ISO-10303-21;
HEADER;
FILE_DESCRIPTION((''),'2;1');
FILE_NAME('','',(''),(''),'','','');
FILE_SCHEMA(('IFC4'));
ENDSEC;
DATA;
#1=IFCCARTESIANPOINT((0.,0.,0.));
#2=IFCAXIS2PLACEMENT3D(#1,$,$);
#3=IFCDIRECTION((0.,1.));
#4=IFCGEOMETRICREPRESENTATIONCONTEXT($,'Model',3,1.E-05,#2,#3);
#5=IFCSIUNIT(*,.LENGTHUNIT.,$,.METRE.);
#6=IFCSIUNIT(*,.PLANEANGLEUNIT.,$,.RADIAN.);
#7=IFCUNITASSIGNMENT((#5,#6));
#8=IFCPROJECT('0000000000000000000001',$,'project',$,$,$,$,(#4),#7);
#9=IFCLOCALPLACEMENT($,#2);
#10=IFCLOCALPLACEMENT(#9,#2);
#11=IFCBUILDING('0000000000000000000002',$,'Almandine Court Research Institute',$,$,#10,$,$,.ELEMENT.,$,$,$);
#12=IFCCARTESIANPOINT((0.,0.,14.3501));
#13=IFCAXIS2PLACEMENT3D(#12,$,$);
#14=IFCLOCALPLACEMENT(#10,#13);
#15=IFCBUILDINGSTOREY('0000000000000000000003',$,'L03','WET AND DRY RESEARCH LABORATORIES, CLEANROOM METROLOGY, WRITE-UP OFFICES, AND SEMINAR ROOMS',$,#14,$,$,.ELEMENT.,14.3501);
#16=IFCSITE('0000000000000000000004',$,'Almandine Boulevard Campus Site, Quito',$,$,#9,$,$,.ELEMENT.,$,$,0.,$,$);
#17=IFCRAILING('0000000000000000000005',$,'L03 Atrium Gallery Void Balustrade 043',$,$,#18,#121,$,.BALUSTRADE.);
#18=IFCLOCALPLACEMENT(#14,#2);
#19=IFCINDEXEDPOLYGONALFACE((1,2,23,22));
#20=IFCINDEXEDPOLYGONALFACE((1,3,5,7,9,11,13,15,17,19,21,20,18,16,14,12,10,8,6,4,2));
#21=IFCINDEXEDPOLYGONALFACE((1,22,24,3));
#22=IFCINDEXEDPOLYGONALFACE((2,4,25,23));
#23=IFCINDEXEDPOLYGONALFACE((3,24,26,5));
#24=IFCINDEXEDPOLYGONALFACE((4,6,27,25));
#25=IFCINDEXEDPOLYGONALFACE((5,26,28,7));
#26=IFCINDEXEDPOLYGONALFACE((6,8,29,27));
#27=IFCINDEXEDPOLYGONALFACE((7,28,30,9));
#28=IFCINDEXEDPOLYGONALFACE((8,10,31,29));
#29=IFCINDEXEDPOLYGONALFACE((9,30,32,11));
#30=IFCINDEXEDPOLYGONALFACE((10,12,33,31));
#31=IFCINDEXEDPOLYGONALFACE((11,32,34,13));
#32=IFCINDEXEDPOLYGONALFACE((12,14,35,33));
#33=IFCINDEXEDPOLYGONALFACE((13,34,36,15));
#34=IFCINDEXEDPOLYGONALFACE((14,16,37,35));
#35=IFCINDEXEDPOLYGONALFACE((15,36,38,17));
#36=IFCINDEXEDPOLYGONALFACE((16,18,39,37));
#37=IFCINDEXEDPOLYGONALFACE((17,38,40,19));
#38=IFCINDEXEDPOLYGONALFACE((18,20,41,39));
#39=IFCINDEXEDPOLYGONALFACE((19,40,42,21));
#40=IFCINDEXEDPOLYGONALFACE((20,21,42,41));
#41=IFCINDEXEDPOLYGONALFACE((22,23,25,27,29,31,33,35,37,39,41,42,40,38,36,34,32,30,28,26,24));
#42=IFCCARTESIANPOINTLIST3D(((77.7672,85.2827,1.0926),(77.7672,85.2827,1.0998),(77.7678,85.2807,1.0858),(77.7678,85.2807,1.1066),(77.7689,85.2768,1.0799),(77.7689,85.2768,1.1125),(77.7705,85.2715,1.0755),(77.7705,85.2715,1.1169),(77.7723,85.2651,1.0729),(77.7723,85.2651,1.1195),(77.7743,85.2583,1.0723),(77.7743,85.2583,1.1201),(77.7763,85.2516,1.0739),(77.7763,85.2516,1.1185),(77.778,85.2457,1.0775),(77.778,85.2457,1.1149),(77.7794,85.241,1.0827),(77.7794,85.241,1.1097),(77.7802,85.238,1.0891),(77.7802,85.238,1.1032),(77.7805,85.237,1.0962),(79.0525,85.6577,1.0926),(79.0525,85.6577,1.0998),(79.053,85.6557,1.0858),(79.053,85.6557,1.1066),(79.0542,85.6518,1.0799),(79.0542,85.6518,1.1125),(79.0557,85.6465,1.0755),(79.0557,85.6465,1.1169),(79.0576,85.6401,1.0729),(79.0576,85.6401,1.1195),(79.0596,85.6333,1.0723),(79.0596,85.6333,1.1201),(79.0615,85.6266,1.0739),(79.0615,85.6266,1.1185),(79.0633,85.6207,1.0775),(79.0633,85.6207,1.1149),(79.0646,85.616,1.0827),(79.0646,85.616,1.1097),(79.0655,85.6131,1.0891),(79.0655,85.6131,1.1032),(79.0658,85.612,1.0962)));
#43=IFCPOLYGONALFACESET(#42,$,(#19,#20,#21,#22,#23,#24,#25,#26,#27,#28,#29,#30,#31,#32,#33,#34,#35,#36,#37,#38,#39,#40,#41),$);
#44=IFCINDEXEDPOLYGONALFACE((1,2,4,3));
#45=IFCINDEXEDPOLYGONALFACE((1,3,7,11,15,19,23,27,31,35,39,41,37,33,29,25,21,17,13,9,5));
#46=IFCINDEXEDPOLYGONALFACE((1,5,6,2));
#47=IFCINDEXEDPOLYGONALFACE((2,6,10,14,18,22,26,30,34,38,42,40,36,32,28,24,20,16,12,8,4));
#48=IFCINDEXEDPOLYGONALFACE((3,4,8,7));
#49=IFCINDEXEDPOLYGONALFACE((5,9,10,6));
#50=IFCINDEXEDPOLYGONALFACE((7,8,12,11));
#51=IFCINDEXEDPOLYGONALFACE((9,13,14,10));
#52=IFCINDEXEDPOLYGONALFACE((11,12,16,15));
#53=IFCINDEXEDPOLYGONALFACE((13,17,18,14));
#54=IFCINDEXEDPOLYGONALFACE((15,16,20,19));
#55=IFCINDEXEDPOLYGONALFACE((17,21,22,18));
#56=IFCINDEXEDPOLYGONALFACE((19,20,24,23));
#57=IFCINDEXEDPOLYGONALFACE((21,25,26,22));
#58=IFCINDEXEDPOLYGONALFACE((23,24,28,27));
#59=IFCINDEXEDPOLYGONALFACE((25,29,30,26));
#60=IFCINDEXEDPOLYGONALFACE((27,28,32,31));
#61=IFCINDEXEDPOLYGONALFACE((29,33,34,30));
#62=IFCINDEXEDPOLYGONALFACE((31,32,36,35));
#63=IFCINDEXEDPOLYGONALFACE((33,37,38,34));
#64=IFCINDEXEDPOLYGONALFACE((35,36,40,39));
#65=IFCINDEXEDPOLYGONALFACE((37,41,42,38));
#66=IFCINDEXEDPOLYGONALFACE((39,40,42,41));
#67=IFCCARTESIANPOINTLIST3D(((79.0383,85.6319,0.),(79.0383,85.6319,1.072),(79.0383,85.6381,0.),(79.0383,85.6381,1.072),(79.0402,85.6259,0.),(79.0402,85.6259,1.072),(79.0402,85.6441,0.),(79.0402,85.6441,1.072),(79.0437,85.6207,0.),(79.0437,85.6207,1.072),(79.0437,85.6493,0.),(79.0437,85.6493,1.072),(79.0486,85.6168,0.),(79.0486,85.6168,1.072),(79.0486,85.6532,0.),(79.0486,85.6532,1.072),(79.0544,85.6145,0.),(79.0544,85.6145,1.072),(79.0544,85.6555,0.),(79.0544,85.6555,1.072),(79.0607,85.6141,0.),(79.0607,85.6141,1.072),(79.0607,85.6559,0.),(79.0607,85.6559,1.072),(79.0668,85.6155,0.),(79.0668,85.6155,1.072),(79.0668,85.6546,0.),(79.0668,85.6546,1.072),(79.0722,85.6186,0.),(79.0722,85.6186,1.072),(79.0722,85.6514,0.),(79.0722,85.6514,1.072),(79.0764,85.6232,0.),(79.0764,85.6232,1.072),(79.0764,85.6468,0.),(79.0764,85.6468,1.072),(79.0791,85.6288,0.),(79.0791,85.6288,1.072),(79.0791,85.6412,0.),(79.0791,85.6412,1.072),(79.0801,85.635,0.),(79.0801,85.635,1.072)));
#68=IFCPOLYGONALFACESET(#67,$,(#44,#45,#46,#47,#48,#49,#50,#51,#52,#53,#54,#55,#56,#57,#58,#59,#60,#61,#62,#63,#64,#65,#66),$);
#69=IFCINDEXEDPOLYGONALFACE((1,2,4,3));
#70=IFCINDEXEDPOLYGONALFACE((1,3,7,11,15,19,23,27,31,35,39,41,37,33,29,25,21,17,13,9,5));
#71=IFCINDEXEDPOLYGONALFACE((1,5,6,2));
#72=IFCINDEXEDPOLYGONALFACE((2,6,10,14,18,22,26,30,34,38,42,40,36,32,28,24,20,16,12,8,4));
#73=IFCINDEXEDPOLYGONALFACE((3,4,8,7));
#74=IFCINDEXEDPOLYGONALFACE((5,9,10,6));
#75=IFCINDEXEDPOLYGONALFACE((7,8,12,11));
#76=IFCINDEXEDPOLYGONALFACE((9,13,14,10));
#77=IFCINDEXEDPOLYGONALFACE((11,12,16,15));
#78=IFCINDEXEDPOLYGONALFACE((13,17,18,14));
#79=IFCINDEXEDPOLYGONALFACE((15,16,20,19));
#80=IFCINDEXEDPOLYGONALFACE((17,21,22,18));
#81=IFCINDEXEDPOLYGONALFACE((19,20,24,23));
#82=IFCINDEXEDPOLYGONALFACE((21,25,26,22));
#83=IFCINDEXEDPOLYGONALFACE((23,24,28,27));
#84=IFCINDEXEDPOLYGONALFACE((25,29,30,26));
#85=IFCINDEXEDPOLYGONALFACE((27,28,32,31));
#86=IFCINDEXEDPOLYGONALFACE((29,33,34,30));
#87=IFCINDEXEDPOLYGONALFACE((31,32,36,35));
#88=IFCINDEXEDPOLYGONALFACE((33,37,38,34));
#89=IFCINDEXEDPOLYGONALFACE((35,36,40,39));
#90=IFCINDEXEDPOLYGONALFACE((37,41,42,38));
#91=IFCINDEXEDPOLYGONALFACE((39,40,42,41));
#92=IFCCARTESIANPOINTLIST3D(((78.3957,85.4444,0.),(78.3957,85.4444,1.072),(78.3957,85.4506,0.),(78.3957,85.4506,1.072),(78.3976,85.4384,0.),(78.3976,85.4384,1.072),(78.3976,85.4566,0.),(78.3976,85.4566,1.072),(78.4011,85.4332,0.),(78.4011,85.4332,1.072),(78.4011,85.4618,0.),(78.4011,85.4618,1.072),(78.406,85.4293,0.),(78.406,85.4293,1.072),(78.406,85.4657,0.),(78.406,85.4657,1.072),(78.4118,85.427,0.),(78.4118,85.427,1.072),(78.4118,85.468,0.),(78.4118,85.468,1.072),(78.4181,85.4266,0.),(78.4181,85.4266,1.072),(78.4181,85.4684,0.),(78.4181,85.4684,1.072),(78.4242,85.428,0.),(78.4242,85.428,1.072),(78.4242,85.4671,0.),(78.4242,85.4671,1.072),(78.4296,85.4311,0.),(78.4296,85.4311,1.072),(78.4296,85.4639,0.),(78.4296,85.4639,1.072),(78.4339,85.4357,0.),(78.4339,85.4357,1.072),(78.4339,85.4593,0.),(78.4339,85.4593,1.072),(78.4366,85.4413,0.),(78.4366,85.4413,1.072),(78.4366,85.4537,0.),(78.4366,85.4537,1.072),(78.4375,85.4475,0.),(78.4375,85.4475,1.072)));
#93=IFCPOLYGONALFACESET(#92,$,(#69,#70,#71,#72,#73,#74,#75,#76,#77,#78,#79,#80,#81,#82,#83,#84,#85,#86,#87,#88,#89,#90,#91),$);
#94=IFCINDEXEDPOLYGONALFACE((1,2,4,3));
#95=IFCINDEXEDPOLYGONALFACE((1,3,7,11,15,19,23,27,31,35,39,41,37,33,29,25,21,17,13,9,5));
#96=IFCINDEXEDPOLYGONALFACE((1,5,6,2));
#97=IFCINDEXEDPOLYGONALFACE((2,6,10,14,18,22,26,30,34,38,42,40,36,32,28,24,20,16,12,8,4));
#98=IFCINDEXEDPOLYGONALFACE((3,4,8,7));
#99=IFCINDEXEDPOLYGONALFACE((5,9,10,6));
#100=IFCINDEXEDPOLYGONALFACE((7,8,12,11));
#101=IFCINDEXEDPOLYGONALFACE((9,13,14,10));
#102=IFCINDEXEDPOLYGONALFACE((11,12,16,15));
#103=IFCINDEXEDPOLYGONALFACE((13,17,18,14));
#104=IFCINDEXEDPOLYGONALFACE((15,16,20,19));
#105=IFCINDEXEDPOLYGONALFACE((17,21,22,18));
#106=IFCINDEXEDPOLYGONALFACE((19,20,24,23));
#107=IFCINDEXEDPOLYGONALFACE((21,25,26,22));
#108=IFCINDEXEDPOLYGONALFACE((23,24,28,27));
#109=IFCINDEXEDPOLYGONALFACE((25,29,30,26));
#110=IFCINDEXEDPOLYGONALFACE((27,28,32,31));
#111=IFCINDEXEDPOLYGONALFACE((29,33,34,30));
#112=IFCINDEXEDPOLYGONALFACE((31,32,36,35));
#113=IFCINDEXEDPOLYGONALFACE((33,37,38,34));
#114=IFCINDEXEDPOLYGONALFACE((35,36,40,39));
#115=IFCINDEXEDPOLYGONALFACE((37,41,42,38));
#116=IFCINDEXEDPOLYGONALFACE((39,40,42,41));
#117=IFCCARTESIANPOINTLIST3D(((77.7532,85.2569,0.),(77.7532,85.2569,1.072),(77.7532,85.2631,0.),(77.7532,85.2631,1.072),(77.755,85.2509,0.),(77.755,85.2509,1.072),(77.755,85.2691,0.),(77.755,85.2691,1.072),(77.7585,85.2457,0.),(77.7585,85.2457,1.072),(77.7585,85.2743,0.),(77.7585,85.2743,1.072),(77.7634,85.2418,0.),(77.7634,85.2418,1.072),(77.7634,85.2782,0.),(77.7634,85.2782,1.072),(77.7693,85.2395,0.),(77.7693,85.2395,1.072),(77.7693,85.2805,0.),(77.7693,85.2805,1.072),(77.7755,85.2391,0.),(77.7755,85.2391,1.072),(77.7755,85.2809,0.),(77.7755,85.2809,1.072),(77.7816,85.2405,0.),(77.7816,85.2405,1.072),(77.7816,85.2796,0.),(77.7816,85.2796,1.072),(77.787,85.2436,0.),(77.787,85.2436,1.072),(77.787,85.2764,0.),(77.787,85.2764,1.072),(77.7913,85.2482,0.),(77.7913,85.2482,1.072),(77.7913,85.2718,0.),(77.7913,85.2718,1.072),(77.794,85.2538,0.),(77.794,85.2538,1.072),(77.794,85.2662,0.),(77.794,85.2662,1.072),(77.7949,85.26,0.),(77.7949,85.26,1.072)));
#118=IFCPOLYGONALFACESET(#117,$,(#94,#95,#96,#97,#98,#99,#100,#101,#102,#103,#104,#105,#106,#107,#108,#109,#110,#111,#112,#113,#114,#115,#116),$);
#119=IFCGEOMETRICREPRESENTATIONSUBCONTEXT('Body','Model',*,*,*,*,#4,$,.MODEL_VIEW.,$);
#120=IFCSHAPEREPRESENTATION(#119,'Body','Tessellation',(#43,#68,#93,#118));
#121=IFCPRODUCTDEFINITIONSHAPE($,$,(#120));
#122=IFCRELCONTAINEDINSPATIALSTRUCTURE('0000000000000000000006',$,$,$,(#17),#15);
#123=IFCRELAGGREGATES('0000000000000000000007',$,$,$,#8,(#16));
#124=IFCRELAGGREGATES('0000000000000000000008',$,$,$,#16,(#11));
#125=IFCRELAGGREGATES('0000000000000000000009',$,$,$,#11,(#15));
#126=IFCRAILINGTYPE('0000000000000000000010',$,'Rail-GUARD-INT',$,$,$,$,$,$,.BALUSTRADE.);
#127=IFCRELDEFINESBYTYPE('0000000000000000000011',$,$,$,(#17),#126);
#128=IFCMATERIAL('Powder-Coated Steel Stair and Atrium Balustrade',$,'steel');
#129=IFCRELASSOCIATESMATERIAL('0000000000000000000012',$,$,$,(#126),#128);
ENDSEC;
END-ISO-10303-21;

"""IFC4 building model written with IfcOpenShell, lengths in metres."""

from ifc_helpers import new_model, si_unit, direction, frame, origin, origin_2d, place, context, subcontext, project, spatial, circle, extrude, material, type_object, element, save


model = new_model("IFC4")

# Units and contexts
model_context = context("Model", 3, precision=1e-05, world=origin(), true_north=direction((0.0, 1.0)))
body_context = subcontext(model_context, "Body", "Model", "MODEL_VIEW")
ifc_project = project(units=[si_unit("LENGTHUNIT", "METRE"), si_unit("PLANEANGLEUNIT", "RADIAN")], contexts=[model_context])

# Site, building, storey
site_placement = place(None, origin())
site = spatial("IfcSite", under=ifc_project, at=site_placement, Name="Almandine Boulevard Campus Site, Quito", CompositionType="ELEMENT", RefElevation=0.0)
building_placement = place(site_placement, origin())
building = spatial("IfcBuilding", under=site, at=building_placement, Name="Almandine Court Research Institute", CompositionType="ELEMENT")
storey_placement = place(building_placement, frame((0.0, 0.0, 14.3501)))
storey = spatial("IfcBuildingStorey", under=building, at=storey_placement, Name="L03", Description="WET AND DRY RESEARCH LABORATORIES, CLEANROOM METROLOGY, WRITE-UP OFFICES, AND SEMINAR ROOMS", CompositionType="ELEMENT", Elevation=14.3501)

# Railing
ifc_material_1 = material(Name="Powder-Coated Steel Stair and Atrium Balustrade", Category="steel")
railing_type = type_object("IfcRailingType", Name="Rail-GUARD-INT", PredefinedType="BALUSTRADE", material=ifc_material_1)
railing_1_placement = place(storey_placement, frame((79.0591, 85.635, 0.0)))
element("IfcRailing", 1, at=railing_1_placement, inside=storey, type_object=railing_type, Name="L03 Atrium Gallery Void Balustrade 043", PredefinedType="BALUSTRADE", context=body_context, shape_type="SweptSolid", body=[
    extrude(circle(Radius=0.0239, at=origin_2d()), frame((0.0, 0.0, 1.0962), z_axis=(-0.959967, -0.280112, 0.0), x_axis=(0.280112, -0.959967, 0.0)), (0.0, 0.0, 1.0), 1.3389),
    extrude(circle(Radius=0.021, at=origin_2d()), origin(), (0.0, 0.0, 1.0), 1.072),
    extrude(circle(Radius=0.021, at=origin_2d()), frame((-0.6426, -0.1875, 0.0)), (0.0, 0.0, 1.0), 1.072),
    extrude(circle(Radius=0.021, at=origin_2d()), frame((-1.2852, -0.375, 0.0)), (0.0, 0.0, 1.0), 1.072),
])

save(model, "model.ifc")
